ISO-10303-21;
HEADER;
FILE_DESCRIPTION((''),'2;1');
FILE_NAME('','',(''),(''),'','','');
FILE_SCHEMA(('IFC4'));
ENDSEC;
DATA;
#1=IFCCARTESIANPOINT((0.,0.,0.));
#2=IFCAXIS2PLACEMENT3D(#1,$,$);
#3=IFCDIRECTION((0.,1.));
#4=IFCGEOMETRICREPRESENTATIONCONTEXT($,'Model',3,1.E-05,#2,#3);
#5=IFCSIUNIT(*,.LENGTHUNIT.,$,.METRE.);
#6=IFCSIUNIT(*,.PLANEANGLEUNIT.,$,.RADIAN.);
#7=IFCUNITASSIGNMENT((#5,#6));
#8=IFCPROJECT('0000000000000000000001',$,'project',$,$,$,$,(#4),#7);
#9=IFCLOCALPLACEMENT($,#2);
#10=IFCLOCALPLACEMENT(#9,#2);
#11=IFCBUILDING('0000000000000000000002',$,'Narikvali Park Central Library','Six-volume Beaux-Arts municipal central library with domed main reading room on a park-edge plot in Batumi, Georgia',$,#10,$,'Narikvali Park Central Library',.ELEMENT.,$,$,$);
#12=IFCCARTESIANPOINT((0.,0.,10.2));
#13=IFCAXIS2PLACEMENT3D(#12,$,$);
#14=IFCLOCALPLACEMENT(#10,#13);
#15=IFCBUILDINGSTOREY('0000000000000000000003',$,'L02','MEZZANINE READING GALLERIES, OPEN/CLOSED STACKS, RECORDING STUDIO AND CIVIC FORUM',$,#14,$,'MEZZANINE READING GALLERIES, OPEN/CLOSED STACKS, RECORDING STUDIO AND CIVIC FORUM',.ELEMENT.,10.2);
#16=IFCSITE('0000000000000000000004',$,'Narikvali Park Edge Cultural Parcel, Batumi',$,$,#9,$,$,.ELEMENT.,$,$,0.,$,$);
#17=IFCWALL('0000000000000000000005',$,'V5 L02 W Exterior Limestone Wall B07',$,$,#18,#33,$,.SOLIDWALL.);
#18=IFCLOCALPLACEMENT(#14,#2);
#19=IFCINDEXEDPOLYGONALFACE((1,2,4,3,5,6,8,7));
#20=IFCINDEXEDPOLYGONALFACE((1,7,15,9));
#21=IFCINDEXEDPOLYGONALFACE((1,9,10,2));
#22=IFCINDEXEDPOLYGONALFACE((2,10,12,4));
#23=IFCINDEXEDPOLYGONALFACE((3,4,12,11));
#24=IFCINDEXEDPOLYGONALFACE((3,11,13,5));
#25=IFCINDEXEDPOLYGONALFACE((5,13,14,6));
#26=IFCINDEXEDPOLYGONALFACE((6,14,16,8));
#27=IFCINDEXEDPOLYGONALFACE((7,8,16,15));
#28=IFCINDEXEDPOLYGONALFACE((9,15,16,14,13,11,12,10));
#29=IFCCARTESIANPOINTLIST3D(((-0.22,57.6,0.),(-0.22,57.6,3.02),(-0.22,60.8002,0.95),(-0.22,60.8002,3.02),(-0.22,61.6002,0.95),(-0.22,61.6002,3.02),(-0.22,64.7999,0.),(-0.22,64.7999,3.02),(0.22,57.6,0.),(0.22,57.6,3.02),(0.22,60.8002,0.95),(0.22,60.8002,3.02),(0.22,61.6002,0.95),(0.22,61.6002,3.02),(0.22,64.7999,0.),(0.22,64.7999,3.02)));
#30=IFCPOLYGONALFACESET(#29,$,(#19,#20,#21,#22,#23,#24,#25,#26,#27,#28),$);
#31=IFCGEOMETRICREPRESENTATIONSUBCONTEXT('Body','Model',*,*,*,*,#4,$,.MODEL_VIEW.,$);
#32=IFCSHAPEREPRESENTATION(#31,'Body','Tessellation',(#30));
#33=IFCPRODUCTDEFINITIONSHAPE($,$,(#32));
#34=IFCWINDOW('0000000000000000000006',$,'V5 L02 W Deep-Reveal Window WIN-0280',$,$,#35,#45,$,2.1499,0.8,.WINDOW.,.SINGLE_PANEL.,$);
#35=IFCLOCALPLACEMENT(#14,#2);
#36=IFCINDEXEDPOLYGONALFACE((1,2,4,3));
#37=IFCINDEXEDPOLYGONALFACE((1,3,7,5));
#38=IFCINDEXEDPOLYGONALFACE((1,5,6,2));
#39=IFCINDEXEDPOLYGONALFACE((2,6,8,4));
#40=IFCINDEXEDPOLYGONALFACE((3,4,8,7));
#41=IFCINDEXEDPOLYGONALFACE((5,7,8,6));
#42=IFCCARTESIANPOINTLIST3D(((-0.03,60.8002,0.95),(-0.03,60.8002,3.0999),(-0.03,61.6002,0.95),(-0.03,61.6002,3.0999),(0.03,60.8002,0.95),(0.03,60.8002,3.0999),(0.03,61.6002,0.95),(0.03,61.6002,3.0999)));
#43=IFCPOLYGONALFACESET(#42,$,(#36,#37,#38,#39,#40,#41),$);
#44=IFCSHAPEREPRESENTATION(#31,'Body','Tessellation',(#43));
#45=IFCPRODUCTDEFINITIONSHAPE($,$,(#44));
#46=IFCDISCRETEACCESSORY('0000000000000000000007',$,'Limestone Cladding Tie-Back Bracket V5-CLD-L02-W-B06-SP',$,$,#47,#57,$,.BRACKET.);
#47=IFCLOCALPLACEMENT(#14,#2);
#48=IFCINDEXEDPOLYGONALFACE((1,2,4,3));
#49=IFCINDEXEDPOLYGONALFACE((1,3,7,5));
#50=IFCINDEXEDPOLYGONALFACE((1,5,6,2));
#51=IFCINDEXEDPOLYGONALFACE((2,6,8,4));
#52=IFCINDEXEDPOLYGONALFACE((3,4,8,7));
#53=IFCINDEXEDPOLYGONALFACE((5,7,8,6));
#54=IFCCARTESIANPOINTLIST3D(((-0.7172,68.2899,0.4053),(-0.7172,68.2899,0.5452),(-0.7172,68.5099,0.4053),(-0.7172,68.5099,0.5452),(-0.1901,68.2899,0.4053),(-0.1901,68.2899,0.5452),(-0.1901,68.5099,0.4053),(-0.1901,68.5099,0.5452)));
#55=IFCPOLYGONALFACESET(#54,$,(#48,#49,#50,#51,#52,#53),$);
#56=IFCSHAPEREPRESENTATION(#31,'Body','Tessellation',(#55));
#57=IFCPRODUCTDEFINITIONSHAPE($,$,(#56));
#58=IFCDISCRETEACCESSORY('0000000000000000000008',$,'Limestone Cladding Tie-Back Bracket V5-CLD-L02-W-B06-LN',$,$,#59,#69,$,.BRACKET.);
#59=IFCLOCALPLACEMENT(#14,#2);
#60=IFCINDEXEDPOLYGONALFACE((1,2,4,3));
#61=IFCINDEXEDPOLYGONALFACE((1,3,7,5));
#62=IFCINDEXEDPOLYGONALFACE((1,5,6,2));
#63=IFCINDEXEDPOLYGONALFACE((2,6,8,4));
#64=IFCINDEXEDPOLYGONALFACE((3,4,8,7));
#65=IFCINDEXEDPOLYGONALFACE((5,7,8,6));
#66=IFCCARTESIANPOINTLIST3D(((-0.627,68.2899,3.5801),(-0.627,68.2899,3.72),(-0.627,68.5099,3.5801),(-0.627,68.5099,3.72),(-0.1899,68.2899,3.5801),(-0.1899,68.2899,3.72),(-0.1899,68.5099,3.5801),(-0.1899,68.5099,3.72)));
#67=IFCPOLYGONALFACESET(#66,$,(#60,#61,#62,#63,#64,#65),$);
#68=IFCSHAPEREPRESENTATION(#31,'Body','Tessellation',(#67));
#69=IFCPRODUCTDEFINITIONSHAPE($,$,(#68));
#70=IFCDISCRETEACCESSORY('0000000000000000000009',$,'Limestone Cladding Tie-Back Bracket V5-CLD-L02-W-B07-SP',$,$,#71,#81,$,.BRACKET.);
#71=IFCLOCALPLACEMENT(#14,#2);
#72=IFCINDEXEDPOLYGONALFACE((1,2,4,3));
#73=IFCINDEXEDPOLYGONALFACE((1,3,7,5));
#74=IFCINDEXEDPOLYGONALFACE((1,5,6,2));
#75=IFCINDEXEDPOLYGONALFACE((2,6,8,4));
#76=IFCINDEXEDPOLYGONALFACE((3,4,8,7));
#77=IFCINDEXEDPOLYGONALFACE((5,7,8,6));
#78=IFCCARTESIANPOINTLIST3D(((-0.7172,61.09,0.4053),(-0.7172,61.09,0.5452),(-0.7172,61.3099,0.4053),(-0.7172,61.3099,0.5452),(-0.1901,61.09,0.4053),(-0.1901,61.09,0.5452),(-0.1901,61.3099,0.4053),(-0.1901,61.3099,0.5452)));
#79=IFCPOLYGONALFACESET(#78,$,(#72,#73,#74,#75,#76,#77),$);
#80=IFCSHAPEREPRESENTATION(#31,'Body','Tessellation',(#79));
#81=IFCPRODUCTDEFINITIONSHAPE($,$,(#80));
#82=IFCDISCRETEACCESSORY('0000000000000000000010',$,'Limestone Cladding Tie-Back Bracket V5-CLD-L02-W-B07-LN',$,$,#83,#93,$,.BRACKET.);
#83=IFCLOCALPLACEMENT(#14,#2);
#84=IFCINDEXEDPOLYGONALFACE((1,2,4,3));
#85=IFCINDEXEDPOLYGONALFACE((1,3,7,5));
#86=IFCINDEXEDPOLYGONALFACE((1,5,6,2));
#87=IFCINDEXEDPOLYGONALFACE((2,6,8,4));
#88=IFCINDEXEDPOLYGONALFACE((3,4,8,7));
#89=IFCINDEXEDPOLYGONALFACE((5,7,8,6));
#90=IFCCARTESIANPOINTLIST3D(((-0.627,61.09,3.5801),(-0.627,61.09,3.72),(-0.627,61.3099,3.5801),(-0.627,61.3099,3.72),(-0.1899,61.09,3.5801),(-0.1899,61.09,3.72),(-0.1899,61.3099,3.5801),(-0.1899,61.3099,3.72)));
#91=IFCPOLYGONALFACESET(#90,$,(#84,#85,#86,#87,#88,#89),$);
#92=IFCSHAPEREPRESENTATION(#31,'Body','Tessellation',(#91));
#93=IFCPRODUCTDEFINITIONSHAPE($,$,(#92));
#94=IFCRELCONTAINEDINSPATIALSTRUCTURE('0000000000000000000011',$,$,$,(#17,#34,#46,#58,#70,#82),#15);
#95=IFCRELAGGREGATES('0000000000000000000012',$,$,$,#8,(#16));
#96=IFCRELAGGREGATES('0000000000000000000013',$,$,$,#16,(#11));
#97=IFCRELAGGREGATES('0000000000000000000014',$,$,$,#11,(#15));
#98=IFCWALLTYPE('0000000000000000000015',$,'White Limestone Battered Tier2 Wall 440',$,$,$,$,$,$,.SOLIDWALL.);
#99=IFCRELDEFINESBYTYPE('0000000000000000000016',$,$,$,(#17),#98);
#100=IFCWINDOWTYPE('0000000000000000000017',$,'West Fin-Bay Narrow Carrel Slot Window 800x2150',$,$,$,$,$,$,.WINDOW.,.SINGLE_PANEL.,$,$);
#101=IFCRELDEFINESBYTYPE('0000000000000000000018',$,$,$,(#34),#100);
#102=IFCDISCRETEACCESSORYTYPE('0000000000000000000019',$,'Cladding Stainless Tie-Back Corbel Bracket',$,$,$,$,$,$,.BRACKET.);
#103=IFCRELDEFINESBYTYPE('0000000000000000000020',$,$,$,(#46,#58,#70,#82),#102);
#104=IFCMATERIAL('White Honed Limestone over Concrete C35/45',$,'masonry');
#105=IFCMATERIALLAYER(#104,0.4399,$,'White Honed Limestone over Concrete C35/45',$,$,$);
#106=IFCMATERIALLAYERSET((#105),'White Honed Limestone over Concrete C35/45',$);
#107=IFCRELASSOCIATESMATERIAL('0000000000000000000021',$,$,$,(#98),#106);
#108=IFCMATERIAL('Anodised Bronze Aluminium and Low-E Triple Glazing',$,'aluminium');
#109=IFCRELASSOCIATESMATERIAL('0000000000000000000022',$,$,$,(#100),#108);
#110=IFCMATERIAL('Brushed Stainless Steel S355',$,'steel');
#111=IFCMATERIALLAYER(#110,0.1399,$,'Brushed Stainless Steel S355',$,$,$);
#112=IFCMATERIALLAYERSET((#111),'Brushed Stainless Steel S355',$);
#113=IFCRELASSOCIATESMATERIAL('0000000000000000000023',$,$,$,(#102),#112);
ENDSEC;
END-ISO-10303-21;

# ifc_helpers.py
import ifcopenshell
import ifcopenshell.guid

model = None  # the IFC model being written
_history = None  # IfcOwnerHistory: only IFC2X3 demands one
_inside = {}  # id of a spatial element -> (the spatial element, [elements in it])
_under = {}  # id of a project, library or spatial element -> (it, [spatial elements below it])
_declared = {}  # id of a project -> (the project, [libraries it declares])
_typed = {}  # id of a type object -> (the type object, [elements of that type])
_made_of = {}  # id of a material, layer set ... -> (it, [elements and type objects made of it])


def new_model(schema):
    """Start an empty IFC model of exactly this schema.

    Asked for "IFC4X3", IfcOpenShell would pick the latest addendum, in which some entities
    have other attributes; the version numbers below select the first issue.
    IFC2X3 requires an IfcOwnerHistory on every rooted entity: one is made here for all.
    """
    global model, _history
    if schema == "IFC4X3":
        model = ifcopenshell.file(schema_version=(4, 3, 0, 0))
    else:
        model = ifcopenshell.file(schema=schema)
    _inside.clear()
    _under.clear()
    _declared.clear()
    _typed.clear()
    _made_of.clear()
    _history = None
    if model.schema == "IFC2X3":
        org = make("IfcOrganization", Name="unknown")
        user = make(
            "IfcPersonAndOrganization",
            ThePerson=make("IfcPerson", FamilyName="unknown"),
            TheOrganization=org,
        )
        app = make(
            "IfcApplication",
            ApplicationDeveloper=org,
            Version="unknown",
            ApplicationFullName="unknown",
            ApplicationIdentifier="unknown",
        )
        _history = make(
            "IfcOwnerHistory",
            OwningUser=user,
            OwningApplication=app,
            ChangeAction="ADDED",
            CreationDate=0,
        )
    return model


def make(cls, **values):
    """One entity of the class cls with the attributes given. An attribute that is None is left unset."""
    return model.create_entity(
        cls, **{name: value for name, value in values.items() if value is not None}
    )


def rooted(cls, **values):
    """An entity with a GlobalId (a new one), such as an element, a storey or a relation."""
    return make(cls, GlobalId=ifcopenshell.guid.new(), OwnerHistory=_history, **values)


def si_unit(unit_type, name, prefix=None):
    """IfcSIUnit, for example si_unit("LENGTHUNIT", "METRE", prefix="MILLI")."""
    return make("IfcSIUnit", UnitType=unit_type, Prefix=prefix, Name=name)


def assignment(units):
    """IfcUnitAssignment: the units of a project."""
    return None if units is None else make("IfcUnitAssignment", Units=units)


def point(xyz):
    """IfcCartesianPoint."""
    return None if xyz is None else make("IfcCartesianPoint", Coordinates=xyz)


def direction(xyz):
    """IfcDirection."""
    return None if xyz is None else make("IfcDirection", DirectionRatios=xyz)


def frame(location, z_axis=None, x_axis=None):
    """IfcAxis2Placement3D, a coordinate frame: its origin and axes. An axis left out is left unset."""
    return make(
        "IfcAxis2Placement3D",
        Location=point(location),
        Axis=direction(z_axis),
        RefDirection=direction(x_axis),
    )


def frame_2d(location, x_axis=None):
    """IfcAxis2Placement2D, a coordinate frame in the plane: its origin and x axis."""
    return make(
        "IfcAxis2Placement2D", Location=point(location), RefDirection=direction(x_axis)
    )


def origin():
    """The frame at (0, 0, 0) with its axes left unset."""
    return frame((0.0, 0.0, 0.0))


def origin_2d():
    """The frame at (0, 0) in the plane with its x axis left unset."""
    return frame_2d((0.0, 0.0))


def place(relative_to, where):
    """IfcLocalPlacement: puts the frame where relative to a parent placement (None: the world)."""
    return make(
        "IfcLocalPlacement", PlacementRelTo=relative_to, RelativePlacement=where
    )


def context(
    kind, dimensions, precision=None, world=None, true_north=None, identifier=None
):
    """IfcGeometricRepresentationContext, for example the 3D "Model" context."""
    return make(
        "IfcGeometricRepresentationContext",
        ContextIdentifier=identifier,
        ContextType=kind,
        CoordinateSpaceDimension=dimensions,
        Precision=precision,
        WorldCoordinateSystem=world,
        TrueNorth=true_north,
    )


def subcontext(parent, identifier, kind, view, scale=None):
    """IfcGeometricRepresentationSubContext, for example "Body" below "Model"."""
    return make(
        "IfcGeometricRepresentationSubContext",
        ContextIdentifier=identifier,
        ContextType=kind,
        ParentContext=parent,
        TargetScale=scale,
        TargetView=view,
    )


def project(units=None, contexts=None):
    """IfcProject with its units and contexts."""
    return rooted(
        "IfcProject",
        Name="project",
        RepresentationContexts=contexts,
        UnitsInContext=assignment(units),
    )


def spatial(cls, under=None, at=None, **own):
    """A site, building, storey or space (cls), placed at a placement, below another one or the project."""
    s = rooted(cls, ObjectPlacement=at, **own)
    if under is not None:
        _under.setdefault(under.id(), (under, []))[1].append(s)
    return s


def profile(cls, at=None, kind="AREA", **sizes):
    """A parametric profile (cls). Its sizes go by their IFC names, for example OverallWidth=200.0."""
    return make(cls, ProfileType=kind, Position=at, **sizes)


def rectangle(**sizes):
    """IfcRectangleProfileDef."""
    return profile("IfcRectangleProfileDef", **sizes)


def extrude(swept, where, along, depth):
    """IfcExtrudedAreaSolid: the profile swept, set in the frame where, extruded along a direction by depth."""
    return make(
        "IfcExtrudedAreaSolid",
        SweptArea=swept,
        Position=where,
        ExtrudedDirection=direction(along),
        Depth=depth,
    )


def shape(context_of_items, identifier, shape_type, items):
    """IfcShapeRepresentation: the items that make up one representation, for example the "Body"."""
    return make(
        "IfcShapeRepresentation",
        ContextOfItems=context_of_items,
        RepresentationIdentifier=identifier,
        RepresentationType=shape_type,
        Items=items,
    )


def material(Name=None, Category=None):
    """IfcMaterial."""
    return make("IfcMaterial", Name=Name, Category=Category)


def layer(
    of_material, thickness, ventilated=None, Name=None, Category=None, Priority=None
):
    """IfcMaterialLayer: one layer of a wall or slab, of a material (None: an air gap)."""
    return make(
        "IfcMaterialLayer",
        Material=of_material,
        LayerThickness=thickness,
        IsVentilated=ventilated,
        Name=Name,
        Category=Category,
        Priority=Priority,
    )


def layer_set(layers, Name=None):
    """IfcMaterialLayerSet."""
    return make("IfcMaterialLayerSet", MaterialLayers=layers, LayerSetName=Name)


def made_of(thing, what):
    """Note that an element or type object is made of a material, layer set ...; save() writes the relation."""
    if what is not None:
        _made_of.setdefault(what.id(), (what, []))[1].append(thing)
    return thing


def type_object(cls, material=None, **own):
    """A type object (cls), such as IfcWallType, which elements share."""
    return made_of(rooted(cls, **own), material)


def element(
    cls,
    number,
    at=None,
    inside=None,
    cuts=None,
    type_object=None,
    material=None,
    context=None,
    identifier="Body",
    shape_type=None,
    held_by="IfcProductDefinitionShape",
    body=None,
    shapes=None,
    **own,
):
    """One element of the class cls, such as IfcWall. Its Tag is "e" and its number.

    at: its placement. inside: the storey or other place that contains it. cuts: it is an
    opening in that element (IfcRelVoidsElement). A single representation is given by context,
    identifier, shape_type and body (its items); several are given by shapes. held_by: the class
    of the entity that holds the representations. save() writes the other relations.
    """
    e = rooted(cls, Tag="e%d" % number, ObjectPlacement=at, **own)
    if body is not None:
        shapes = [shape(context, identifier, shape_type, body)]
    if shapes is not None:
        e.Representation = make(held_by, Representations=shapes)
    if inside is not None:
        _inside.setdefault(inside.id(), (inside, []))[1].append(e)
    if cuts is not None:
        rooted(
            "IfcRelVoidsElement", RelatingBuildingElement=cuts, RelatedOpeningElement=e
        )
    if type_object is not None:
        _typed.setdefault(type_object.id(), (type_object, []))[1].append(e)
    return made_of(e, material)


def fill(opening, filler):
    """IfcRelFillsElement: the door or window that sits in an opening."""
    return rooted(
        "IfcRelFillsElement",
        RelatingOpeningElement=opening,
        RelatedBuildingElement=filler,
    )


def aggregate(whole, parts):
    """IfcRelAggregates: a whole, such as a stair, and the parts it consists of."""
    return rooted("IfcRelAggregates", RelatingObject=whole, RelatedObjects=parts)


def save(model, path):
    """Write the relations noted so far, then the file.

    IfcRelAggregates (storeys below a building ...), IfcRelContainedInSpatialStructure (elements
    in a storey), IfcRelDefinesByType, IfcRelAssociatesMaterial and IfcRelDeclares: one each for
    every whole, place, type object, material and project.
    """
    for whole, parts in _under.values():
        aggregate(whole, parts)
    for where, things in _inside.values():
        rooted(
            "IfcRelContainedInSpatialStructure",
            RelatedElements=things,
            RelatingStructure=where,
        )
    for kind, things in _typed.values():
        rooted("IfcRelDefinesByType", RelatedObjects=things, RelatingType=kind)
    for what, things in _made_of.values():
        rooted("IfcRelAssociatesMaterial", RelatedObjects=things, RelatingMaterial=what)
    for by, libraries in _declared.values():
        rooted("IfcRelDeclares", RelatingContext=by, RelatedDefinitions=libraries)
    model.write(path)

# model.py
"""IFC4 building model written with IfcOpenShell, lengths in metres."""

from ifc_helpers import new_model, si_unit, direction, frame, frame_2d, origin, origin_2d, place, context, subcontext, project, spatial, rectangle, extrude, material, layer, layer_set, type_object, element, fill, save


model = new_model("IFC4")

# Units and contexts
model_context = context("Model", 3, precision=1e-05, world=origin(), true_north=direction((0.0, 1.0)))
body_context = subcontext(model_context, "Body", "Model", "MODEL_VIEW")
ifc_project = project(units=[si_unit("LENGTHUNIT", "METRE"), si_unit("PLANEANGLEUNIT", "RADIAN")], contexts=[model_context])

# Site, building, storey
site_placement = place(None, origin())
site = spatial("IfcSite", under=ifc_project, at=site_placement, Name="Narikvali Park Edge Cultural Parcel, Batumi", CompositionType="ELEMENT", RefElevation=0.0)
building_placement = place(site_placement, origin())
building = spatial("IfcBuilding", under=site, at=building_placement, Name="Narikvali Park Central Library", Description="Six-volume Beaux-Arts municipal central library with domed main reading room on a park-edge plot in Batumi, Georgia", LongName="Narikvali Park Central Library", CompositionType="ELEMENT")
storey_placement = place(building_placement, frame((0.0, 0.0, 10.2)))
storey = spatial("IfcBuildingStorey", under=building, at=storey_placement, Name="L02", Description="MEZZANINE READING GALLERIES, OPEN/CLOSED STACKS, RECORDING STUDIO AND CIVIC FORUM", LongName="MEZZANINE READING GALLERIES, OPEN/CLOSED STACKS, RECORDING STUDIO AND CIVIC FORUM", CompositionType="ELEMENT", Elevation=10.2)

# Wall, opening, window
ifc_material_1 = material(Name="White Honed Limestone over Concrete C35/45", Category="masonry")
ifc_layer_1 = layer(ifc_material_1, 0.4399, Name="White Honed Limestone over Concrete C35/45")
ifc_layer_set_1 = layer_set([ifc_layer_1], Name="White Honed Limestone over Concrete C35/45")
wall_type_1 = type_object("IfcWallType", Name="White Limestone Battered Tier2 Wall 440", PredefinedType="SOLIDWALL", material=ifc_layer_set_1)
wall_1_placement = place(storey_placement, frame((0.0, 64.8, 0.0), z_axis=(0.0, 0.0, 1.0), x_axis=(0.0, -1.0, 0.0)))
wall_1 = element("IfcWall", 1, at=wall_1_placement, inside=storey, type_object=wall_type_1, Name="V5 L02 W Exterior Limestone Wall B07", PredefinedType="SOLIDWALL", context=body_context, shape_type="SweptSolid", body=[
    extrude(rectangle(XDim=7.2, YDim=0.4399, at=frame_2d((3.6001, 0.0))), origin(), (0.0, 0.0, 1.0), 3.02),
])
opening_1_placement = place(wall_1_placement, frame((3.2, 0.0, 0.95)))
opening_1 = element("IfcOpeningElement", 2, at=opening_1_placement, cuts=wall_1, PredefinedType="OPENING", context=body_context, shape_type="SweptSolid", body=[
    extrude(rectangle(XDim=0.8, YDim=2.1499, at=frame_2d((0.3999, 1.075))), frame((0.0, 0.2319, 0.0), z_axis=(0.0, -1.0, 0.0), x_axis=(1.0, 0.0, 0.0)), (0.0, 0.0, 1.0), 0.4639),
])
ifc_material_2 = material(Name="Anodised Bronze Aluminium and Low-E Triple Glazing", Category="aluminium")
window_type = type_object("IfcWindowType", Name="West Fin-Bay Narrow Carrel Slot Window 800x2150", PartitioningType="SINGLE_PANEL", PredefinedType="WINDOW", material=ifc_material_2)
window_placement = place(opening_1_placement, origin())
window = element("IfcWindow", 3, at=window_placement, inside=storey, type_object=window_type, Name="V5 L02 W Deep-Reveal Window WIN-0280", OverallHeight=2.1499, OverallWidth=0.8, PartitioningType="SINGLE_PANEL", PredefinedType="WINDOW", context=body_context, shape_type="SweptSolid", body=[
    extrude(rectangle(XDim=0.8, YDim=2.1499, at=frame_2d((0.3999, 1.075))), frame((0.0, 0.03, 0.0), z_axis=(0.0, -1.0, 0.0), x_axis=(1.0, 0.0, 0.0)), (0.0, 0.0, 1.0), 0.0601),
])
fill(opening_1, window)

# Discrete accessories
ifc_material_3 = material(Name="Brushed Stainless Steel S355", Category="steel")
ifc_layer_2 = layer(ifc_material_3, 0.1399, Name="Brushed Stainless Steel S355")
ifc_layer_set_2 = layer_set([ifc_layer_2], Name="Brushed Stainless Steel S355")
discrete_accessory_type = type_object("IfcDiscreteAccessoryType", Name="Cladding Stainless Tie-Back Corbel Bracket", PredefinedType="BRACKET", material=ifc_layer_set_2)
discrete_accessory_1_placement = place(storey_placement, frame((-0.4536, 68.3999, 0.4053), z_axis=(0.0, 0.0, 1.0), x_axis=(1.0, 0.0, 0.0)))
element("IfcDiscreteAccessory", 4, at=discrete_accessory_1_placement, inside=storey, type_object=discrete_accessory_type, Name="Limestone Cladding Tie-Back Bracket V5-CLD-L02-W-B06-SP", PredefinedType="BRACKET", context=body_context, shape_type="SweptSolid", body=[
    extrude(rectangle(XDim=0.5271, YDim=0.22, at=origin_2d()), origin(), (0.0, 0.0, 1.0), 0.1399),
])
discrete_accessory_2_placement = place(storey_placement, frame((-0.4084, 68.3999, 3.5801), z_axis=(0.0, 0.0, 1.0), x_axis=(1.0, 0.0, 0.0)))
element("IfcDiscreteAccessory", 5, at=discrete_accessory_2_placement, inside=storey, type_object=discrete_accessory_type, Name="Limestone Cladding Tie-Back Bracket V5-CLD-L02-W-B06-LN", PredefinedType="BRACKET", context=body_context, shape_type="SweptSolid", body=[
    extrude(rectangle(XDim=0.437, YDim=0.22, at=origin_2d()), origin(), (0.0, 0.0, 1.0), 0.1399),
])
discrete_accessory_3_placement = place(storey_placement, frame((-0.4536, 61.2, 0.4053), z_axis=(0.0, 0.0, 1.0), x_axis=(1.0, 0.0, 0.0)))
element("IfcDiscreteAccessory", 6, at=discrete_accessory_3_placement, inside=storey, type_object=discrete_accessory_type, Name="Limestone Cladding Tie-Back Bracket V5-CLD-L02-W-B07-SP", PredefinedType="BRACKET", context=body_context, shape_type="SweptSolid", body=[
    extrude(rectangle(XDim=0.5271, YDim=0.22, at=origin_2d()), origin(), (0.0, 0.0, 1.0), 0.1399),
])
discrete_accessory_4_placement = place(storey_placement, frame((-0.4084, 61.2, 3.5801), z_axis=(0.0, 0.0, 1.0), x_axis=(1.0, 0.0, 0.0)))
element("IfcDiscreteAccessory", 7, at=discrete_accessory_4_placement, inside=storey, type_object=discrete_accessory_type, Name="Limestone Cladding Tie-Back Bracket V5-CLD-L02-W-B07-LN", PredefinedType="BRACKET", context=body_context, shape_type="SweptSolid", body=[
    extrude(rectangle(XDim=0.437, YDim=0.22, at=origin_2d()), origin(), (0.0, 0.0, 1.0), 0.1399),
])

save(model, "model.ifc")
